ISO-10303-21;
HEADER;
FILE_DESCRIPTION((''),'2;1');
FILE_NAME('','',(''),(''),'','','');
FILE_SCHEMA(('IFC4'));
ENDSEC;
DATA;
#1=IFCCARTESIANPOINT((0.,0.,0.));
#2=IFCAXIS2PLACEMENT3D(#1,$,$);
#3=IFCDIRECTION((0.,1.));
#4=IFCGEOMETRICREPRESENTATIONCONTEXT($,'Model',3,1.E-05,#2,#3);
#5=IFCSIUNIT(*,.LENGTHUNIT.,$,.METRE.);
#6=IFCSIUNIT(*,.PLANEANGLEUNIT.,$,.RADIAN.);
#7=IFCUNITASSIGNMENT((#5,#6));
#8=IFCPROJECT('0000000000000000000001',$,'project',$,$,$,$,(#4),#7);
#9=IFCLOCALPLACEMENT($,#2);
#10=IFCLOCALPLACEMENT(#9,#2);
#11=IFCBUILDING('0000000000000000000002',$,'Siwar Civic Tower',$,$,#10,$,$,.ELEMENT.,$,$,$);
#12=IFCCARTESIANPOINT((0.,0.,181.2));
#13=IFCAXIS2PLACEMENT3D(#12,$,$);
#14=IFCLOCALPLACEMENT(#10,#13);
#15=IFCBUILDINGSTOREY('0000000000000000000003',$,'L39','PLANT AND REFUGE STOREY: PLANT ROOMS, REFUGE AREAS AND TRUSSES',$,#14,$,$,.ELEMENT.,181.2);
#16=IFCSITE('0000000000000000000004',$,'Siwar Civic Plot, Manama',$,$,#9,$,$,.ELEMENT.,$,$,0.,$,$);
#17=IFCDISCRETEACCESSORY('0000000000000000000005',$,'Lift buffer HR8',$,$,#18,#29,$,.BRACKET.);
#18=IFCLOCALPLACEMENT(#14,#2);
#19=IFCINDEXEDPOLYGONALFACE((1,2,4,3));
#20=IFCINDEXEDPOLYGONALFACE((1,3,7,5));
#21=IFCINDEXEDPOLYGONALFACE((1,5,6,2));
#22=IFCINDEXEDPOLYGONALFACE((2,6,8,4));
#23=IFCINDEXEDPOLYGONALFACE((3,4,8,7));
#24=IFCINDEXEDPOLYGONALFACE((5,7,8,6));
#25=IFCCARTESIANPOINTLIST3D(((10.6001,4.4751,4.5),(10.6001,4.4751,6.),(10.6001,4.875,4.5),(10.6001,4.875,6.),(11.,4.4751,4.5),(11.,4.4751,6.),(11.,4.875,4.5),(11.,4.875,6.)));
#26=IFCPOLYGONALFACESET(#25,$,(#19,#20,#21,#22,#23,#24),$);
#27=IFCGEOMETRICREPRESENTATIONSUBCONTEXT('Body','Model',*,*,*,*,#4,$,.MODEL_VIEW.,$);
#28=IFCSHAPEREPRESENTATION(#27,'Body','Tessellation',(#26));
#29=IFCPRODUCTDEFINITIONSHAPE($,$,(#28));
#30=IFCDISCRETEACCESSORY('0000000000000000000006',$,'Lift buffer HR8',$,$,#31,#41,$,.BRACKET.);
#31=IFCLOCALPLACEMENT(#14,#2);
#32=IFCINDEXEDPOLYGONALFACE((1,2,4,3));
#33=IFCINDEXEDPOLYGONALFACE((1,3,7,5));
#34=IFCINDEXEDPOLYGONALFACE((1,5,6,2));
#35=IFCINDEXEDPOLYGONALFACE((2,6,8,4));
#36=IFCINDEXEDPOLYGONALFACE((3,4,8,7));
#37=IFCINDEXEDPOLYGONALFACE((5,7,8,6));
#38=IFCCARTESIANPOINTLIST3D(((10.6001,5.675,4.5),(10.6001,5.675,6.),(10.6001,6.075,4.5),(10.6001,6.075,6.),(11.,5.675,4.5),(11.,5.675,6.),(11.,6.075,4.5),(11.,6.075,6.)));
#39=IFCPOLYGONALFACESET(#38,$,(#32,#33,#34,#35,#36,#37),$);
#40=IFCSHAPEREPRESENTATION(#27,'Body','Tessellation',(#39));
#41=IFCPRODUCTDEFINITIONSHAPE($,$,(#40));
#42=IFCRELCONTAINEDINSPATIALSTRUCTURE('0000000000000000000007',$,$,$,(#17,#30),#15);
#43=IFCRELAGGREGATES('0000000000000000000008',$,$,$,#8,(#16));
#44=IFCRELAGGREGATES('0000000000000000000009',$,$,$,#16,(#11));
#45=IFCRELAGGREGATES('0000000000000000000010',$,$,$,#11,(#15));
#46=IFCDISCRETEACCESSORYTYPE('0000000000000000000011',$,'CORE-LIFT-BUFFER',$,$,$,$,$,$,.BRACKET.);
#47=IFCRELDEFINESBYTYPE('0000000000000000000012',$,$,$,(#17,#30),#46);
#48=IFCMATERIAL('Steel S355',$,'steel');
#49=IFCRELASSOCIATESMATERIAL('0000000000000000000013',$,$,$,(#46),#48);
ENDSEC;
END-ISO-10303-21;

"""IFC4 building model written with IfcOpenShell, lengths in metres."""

from ifc_helpers import new_model, si_unit, direction, frame, origin, origin_2d, place, context, subcontext, project, spatial, rectangle, extrude, material, type_object, element, save


model = new_model("IFC4")

# Units and contexts
model_context = context("Model", 3, precision=1e-05, world=origin(), true_north=direction((0.0, 1.0)))
body_context = subcontext(model_context, "Body", "Model", "MODEL_VIEW")
ifc_project = project(units=[si_unit("LENGTHUNIT", "METRE"), si_unit("PLANEANGLEUNIT", "RADIAN")], contexts=[model_context])

# Site, building, storey
site_placement = place(None, origin())
site = spatial("IfcSite", under=ifc_project, at=site_placement, Name="Siwar Civic Plot, Manama", CompositionType="ELEMENT", RefElevation=0.0)
building_placement = place(site_placement, origin())
building = spatial("IfcBuilding", under=site, at=building_placement, Name="Siwar Civic Tower", CompositionType="ELEMENT")
storey_placement = place(building_placement, frame((0.0, 0.0, 181.2)))
storey = spatial("IfcBuildingStorey", under=building, at=storey_placement, Name="L39", Description="PLANT AND REFUGE STOREY: PLANT ROOMS, REFUGE AREAS AND TRUSSES", CompositionType="ELEMENT", Elevation=181.2)

# Discrete accessories
ifc_material_1 = material(Name="Steel S355", Category="steel")
discrete_accessory_type = type_object("IfcDiscreteAccessoryType", Name="CORE-LIFT-BUFFER", PredefinedType="BRACKET", material=ifc_material_1)
for number, where, z_axis, x_axis, name in (
    (1, (10.8, 4.675, 4.5), (0.0, 0.0, 1.0), (1.0, 0.0, 0.0), "Lift buffer HR8"),
    (2, (10.8, 5.875, 4.5), (0.0, 0.0, 1.0), (1.0, 0.0, 0.0), "Lift buffer HR8"),
):
    element("IfcDiscreteAccessory", number, at=place(storey_placement, frame(where, z_axis=z_axis, x_axis=x_axis)), inside=storey, type_object=discrete_accessory_type, Name=name, PredefinedType="BRACKET", context=body_context, shape_type="SweptSolid", body=[
        extrude(rectangle(XDim=0.3999, YDim=0.3999, at=origin_2d()), origin(), (0.0, 0.0, 1.0), 1.5),
    ])

save(model, "model.ifc")
